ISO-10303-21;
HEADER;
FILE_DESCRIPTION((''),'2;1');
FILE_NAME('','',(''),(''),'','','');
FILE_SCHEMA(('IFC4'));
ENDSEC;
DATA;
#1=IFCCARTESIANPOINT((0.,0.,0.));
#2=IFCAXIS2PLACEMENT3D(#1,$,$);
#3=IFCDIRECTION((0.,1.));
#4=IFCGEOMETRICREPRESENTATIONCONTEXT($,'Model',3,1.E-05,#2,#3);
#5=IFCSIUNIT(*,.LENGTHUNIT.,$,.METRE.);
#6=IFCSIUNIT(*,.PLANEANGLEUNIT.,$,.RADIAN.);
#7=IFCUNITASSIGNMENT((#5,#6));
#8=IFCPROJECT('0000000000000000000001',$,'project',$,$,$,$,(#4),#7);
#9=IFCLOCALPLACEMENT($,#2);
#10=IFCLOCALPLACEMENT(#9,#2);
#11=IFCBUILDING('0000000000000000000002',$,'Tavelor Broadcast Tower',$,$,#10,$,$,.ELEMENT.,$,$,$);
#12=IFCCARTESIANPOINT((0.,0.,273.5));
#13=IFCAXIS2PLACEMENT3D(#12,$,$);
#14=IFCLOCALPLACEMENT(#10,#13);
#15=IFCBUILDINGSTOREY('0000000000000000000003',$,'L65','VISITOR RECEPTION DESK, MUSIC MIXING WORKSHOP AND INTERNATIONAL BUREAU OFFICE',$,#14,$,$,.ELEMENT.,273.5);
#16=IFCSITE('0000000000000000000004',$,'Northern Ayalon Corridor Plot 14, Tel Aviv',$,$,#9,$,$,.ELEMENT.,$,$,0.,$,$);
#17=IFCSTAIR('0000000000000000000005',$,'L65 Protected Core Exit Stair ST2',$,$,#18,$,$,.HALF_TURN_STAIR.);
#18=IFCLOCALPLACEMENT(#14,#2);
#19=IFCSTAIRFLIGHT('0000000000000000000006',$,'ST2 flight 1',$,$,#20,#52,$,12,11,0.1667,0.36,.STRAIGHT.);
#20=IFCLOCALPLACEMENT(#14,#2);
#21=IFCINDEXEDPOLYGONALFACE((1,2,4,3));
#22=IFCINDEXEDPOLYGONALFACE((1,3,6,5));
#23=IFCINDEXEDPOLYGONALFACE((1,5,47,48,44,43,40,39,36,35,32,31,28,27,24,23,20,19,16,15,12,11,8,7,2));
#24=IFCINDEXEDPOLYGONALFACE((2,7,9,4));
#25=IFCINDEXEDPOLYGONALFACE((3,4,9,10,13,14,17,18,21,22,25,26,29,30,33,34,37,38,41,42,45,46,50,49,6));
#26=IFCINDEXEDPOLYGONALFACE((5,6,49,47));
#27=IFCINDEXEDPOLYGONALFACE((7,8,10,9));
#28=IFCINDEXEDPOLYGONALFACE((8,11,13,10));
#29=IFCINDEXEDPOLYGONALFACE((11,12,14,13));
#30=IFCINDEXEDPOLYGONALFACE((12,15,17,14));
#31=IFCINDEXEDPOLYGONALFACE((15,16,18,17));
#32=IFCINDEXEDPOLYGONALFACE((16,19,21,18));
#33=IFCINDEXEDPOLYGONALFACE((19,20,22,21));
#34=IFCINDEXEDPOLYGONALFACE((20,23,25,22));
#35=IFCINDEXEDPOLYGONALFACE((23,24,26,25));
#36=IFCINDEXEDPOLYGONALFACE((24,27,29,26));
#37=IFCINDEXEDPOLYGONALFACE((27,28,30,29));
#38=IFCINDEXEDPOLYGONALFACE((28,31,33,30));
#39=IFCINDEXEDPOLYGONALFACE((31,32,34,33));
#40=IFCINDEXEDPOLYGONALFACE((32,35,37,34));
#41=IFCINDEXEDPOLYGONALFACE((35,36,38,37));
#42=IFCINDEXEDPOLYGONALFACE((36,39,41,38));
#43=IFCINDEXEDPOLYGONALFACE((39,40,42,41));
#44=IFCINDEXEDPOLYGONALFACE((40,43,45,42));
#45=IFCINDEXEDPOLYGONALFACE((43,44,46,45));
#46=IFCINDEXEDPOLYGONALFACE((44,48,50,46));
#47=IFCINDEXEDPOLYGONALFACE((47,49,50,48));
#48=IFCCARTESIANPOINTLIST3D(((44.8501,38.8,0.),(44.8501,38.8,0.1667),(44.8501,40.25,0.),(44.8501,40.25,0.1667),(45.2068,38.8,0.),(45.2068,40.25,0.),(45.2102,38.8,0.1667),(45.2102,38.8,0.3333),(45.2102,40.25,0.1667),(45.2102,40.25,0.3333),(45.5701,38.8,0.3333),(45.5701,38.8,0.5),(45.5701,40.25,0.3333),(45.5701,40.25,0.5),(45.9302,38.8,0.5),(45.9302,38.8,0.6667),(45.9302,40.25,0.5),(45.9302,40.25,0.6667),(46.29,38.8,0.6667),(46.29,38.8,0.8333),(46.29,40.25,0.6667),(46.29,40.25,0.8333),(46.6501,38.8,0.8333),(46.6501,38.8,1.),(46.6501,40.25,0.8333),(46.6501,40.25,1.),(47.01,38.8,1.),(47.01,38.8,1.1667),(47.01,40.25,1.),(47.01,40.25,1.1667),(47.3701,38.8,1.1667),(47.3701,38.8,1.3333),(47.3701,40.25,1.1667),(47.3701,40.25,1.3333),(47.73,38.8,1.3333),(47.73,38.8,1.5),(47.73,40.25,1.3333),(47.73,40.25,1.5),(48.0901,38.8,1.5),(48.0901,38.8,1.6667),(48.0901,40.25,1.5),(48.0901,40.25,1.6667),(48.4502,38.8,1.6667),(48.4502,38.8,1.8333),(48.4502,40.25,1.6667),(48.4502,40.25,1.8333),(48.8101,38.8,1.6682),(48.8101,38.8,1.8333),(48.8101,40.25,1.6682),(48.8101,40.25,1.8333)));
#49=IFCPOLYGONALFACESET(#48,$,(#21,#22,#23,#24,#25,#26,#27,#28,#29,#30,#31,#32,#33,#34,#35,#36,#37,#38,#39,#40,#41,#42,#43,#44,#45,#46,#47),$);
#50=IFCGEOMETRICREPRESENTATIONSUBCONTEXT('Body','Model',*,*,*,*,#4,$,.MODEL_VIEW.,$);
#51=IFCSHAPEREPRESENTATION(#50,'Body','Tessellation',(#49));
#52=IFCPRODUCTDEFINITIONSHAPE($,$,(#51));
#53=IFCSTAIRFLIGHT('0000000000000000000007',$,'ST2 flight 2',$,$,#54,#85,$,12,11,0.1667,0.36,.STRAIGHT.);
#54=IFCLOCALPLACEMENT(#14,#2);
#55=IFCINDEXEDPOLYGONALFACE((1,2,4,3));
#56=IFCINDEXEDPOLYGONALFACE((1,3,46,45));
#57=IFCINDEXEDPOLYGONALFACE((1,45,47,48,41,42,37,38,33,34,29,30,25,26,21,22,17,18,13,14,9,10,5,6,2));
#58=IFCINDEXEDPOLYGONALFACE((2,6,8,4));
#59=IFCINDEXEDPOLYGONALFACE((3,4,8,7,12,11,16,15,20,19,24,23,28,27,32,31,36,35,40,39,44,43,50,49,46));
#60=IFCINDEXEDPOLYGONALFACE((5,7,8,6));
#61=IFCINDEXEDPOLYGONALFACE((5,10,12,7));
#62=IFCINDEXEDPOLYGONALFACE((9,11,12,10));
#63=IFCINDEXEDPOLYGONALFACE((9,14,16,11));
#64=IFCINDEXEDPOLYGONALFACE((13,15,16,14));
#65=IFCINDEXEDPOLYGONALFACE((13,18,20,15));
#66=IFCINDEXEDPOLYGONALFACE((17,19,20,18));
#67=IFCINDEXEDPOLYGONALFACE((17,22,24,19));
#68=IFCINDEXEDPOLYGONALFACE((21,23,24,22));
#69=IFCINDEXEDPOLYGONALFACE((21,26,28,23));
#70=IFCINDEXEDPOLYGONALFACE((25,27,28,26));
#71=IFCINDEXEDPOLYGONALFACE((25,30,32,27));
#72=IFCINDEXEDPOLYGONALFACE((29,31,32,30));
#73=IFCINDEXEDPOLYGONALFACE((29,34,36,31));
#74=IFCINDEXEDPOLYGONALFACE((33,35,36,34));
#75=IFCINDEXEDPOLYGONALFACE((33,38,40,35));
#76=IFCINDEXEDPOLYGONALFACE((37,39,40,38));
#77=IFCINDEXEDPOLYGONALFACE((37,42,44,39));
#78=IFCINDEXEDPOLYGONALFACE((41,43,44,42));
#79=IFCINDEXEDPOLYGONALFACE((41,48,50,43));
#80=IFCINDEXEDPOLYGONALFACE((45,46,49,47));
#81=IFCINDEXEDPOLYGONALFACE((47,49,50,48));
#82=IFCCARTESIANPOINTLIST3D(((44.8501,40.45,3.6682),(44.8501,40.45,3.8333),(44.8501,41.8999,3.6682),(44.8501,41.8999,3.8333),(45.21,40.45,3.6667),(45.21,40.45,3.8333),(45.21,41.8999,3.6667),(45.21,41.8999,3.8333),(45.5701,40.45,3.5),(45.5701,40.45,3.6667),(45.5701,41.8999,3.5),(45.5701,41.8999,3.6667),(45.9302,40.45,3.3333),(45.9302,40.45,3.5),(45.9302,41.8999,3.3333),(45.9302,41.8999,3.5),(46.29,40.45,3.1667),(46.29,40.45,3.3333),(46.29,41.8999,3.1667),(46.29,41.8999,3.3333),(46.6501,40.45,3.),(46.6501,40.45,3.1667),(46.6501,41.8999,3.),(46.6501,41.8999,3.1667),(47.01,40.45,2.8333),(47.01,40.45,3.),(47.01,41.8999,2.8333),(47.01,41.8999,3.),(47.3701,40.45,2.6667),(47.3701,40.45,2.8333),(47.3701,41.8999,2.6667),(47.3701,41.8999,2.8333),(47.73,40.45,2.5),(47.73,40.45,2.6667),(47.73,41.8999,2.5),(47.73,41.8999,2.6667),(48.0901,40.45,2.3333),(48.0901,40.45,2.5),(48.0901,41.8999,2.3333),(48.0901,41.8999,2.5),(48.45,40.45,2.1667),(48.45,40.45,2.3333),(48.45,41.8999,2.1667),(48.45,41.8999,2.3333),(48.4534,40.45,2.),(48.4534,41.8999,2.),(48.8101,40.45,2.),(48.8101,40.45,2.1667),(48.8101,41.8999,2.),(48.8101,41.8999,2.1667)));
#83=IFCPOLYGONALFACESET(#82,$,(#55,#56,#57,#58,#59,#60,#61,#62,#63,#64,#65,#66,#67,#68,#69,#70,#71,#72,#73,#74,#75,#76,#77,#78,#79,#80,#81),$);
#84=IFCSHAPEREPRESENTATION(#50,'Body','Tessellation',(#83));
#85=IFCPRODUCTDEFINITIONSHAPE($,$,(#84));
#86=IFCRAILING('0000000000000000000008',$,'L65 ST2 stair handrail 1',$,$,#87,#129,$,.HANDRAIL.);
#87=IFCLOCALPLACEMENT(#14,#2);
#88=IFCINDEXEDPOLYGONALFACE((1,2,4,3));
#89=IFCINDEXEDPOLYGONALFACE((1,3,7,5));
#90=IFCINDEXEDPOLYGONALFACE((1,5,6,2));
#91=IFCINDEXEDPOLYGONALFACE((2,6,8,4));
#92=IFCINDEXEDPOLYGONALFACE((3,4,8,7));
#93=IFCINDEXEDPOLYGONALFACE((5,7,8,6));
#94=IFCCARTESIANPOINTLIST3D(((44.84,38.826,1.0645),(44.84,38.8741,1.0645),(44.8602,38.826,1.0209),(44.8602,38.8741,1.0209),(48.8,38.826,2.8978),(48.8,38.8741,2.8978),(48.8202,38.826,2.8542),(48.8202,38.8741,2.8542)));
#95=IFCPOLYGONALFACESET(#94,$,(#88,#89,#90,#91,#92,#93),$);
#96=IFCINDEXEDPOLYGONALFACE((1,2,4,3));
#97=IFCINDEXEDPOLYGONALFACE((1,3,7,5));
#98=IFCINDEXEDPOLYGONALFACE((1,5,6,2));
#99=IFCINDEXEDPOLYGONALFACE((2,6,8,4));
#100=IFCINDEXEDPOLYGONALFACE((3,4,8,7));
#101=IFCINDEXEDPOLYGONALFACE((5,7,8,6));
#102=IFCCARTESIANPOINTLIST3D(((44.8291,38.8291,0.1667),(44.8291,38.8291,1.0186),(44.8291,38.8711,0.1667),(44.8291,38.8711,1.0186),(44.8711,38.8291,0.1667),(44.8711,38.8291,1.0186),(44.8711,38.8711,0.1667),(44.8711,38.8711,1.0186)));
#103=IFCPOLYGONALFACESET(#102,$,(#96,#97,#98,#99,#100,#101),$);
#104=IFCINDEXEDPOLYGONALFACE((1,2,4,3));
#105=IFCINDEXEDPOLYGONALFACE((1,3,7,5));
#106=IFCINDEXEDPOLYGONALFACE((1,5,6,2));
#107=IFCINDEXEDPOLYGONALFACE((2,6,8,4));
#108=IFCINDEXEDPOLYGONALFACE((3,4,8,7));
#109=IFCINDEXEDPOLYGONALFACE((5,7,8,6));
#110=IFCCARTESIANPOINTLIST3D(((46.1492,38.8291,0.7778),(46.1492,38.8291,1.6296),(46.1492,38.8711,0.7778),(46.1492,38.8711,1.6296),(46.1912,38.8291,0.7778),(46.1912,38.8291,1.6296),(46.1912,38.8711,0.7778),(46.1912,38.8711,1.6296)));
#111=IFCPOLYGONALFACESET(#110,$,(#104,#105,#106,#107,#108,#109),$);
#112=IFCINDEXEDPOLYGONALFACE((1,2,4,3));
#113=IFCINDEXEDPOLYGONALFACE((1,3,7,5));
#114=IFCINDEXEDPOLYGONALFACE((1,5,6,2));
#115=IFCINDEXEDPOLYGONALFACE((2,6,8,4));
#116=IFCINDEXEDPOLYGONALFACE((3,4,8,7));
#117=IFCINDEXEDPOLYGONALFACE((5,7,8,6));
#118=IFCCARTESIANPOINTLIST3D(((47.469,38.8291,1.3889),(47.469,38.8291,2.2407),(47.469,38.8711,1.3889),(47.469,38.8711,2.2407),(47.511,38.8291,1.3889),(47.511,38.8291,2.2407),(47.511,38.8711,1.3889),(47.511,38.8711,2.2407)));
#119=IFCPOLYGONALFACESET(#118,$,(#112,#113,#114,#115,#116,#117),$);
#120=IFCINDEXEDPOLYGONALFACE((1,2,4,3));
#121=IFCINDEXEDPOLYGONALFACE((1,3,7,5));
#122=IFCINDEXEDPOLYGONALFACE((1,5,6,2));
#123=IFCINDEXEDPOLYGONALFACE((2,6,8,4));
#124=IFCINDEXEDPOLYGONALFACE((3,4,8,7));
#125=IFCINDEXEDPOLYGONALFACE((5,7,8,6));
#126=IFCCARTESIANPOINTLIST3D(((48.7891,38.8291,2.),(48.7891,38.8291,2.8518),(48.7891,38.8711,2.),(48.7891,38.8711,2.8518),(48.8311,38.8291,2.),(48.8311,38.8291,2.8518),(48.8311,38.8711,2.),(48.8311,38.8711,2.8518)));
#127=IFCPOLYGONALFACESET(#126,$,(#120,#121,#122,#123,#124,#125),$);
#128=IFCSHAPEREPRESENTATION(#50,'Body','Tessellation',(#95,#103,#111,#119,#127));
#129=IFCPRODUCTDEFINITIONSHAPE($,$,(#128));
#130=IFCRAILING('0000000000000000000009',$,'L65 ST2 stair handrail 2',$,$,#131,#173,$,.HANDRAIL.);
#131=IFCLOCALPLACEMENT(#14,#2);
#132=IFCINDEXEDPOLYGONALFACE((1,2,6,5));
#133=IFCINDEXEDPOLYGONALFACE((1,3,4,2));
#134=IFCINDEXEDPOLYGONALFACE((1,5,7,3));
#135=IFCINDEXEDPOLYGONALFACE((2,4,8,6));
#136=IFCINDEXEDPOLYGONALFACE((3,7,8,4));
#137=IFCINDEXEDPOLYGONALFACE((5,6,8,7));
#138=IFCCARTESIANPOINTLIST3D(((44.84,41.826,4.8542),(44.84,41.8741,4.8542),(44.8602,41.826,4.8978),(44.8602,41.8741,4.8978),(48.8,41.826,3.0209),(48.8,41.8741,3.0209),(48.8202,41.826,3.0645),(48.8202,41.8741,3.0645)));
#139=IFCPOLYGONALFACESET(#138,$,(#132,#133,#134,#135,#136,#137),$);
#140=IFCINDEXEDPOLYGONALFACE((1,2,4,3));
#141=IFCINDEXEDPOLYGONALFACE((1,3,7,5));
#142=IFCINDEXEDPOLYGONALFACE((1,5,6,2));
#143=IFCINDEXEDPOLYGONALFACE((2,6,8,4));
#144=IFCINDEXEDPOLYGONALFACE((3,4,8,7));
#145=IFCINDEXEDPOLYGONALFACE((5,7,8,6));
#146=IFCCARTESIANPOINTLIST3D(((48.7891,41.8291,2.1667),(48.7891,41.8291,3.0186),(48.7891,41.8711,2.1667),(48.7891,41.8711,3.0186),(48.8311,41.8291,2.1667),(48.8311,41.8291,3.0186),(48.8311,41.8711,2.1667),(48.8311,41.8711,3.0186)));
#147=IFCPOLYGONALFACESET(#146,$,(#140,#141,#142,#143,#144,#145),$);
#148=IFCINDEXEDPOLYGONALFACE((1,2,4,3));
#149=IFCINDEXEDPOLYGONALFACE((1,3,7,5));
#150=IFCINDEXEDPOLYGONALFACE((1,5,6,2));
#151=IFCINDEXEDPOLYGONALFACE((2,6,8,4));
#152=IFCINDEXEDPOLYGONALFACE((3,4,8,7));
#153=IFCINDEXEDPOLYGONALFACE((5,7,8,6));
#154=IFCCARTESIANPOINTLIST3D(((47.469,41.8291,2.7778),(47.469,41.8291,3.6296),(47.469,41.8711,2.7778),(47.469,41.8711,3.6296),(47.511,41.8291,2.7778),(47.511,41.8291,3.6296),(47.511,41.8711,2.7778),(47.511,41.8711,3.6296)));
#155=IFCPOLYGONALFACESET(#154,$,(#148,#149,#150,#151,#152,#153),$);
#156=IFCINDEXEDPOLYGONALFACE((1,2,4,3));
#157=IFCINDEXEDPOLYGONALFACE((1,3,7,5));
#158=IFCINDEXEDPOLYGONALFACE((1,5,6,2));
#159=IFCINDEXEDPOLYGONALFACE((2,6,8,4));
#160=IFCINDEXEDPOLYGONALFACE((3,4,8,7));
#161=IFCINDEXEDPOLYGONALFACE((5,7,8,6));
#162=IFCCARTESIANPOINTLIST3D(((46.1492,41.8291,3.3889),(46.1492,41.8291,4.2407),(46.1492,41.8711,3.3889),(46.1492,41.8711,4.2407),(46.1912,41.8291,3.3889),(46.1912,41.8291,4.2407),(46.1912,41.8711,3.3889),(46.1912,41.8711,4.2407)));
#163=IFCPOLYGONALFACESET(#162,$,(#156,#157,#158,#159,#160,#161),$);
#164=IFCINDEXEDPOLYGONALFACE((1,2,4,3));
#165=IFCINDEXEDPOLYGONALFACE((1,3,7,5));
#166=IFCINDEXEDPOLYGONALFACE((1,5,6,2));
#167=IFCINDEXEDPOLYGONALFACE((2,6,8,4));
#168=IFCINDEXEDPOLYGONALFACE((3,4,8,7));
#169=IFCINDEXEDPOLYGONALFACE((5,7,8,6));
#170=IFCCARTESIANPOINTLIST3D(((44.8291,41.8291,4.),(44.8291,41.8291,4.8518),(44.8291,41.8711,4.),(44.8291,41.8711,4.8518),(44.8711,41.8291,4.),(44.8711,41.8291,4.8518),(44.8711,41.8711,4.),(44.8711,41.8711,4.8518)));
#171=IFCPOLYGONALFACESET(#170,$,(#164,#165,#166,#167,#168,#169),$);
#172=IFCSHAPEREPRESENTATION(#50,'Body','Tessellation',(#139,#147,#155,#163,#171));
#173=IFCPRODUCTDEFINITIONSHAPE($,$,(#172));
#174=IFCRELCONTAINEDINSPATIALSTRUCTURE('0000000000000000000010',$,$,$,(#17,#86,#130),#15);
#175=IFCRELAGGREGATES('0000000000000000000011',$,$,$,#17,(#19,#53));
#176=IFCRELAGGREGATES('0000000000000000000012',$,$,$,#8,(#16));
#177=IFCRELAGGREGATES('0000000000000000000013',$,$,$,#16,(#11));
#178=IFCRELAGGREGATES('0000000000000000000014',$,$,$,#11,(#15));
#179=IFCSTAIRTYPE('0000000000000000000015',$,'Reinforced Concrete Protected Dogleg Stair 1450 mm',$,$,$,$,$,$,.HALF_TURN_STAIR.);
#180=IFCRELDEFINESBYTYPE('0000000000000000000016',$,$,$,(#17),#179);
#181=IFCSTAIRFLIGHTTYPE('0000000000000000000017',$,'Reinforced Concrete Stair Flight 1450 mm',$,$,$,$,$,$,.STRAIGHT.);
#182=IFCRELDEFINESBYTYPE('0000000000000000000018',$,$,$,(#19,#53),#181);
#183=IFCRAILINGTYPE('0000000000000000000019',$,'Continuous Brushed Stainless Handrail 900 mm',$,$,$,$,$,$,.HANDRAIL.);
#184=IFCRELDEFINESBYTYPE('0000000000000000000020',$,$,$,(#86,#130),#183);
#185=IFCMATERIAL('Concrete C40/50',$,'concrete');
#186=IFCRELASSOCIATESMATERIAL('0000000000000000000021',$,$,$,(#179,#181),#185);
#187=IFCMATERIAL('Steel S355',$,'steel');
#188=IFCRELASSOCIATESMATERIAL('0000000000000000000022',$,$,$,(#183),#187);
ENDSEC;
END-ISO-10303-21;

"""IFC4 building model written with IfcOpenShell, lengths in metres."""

from ifc_helpers import new_model, si_unit, direction, frame, origin, origin_2d, place, context, subcontext, project, spatial, polyline, rectangle, outline, extrude, material, type_object, element, aggregate, save


model = new_model("IFC4")

# Units and contexts
model_context = context("Model", 3, precision=1e-05, world=origin(), true_north=direction((0.0, 1.0)))
body_context = subcontext(model_context, "Body", "Model", "MODEL_VIEW")
ifc_project = project(units=[si_unit("LENGTHUNIT", "METRE"), si_unit("PLANEANGLEUNIT", "RADIAN")], contexts=[model_context])

# Site, building, storey
site_placement = place(None, origin())
site = spatial("IfcSite", under=ifc_project, at=site_placement, Name="Northern Ayalon Corridor Plot 14, Tel Aviv", CompositionType="ELEMENT", RefElevation=0.0)
building_placement = place(site_placement, origin())
building = spatial("IfcBuilding", under=site, at=building_placement, Name="Tavelor Broadcast Tower", CompositionType="ELEMENT")
storey_placement = place(building_placement, frame((0.0, 0.0, 273.5)))
storey = spatial("IfcBuildingStorey", under=building, at=storey_placement, Name="L65", Description="VISITOR RECEPTION DESK, MUSIC MIXING WORKSHOP AND INTERNATIONAL BUREAU OFFICE", CompositionType="ELEMENT", Elevation=273.5)

# Shared definitions
ifc_material_1 = material(Name="Concrete C40/50", Category="concrete")
ifc_material_2 = material(Name="Steel S355", Category="steel")

# Stair, stair flights
stair_type = type_object("IfcStairType", Name="Reinforced Concrete Protected Dogleg Stair 1450 mm", PredefinedType="HALF_TURN_STAIR", material=ifc_material_1)
stair_placement = place(storey_placement, origin())
stair = element("IfcStair", 1, at=stair_placement, inside=storey, type_object=stair_type, Name="L65 Protected Core Exit Stair ST2", PredefinedType="HALF_TURN_STAIR")
stair_flight_type = type_object("IfcStairFlightType", Name="Reinforced Concrete Stair Flight 1450 mm", PredefinedType="STRAIGHT", material=ifc_material_1)
stair_flight_1_placement = place(storey_placement, frame((44.8501, 39.5249, 0.0), z_axis=(0.0, 0.0, 1.0), x_axis=(1.0, 0.0, 0.0)))
stair_flight_1 = element("IfcStairFlight", 2, at=stair_flight_1_placement, type_object=stair_flight_type, Name="ST2 flight 1", NumberOfRisers=12, NumberOfTreads=11, PredefinedType="STRAIGHT", RiserHeight=0.1667, TreadLength=0.36, context=body_context, shape_type="SweptSolid", body=[
    extrude(outline(polyline([(0.0, 0.0), (0.0, 0.1667), (0.3601, 0.1667), (0.3601, 0.3333), (0.72, 0.3333), (0.72, 0.5), (1.0801, 0.5), (1.0801, 0.6667), (1.4399, 0.6667), (1.4399, 0.8333), (1.8, 0.8333), (1.8, 1.0), (2.1599, 1.0), (2.1599, 1.1667), (2.52, 1.1667), (2.52, 1.3333), (2.8799, 1.3333), (2.8799, 1.5), (3.24, 1.5), (3.24, 1.6667), (3.6001, 1.6667), (3.6001, 1.8333), (3.96, 1.8333), (3.96, 2.0), (3.96, 1.6682), (0.3567, 0.0), (0.0, 0.0)])), frame((0.0, 0.7251, 0.0), z_axis=(0.0, -1.0, 0.0), x_axis=(1.0, 0.0, 0.0)), (0.0, 0.0, 1.0), 1.45),
])
stair_flight_2_placement = place(storey_placement, frame((48.8101, 41.175, 2.0), z_axis=(0.0, 0.0, 1.0), x_axis=(-1.0, 0.0, 0.0)))
stair_flight_2 = element("IfcStairFlight", 3, at=stair_flight_2_placement, type_object=stair_flight_type, Name="ST2 flight 2", NumberOfRisers=12, NumberOfTreads=11, PredefinedType="STRAIGHT", RiserHeight=0.1667, TreadLength=0.36, context=body_context, shape_type="SweptSolid", body=[
    extrude(outline(polyline([(0.0, 0.0), (0.0, 0.1667), (0.3601, 0.1667), (0.3601, 0.3333), (0.72, 0.3333), (0.72, 0.5), (1.0801, 0.5), (1.0801, 0.6667), (1.4399, 0.6667), (1.4399, 0.8333), (1.8, 0.8333), (1.8, 1.0), (2.1599, 1.0), (2.1599, 1.1667), (2.52, 1.1667), (2.52, 1.3333), (2.8799, 1.3333), (2.8799, 1.5), (3.24, 1.5), (3.24, 1.6667), (3.6001, 1.6667), (3.6001, 1.8333), (3.96, 1.8333), (3.96, 2.0), (3.96, 1.6682), (0.3567, 0.0), (0.0, 0.0)])), frame((0.0, 0.7251, 0.0), z_axis=(0.0, -1.0, 0.0), x_axis=(1.0, 0.0, 0.0)), (0.0, 0.0, 1.0), 1.45),
])
aggregate(stair, [stair_flight_1, stair_flight_2])

# Railings
railing_type_1 = type_object("IfcRailingType", Name="Continuous Brushed Stainless Handrail 900 mm", PredefinedType="HANDRAIL", material=ifc_material_2)
railing_1_placement = place(storey_placement, frame((44.8501, 38.8501, 0.1667)))
element("IfcRailing", 4, at=railing_1_placement, inside=storey, type_object=railing_type_1, Name="L65 ST2 stair handrail 1", PredefinedType="HANDRAIL", context=body_context, shape_type="SweptSolid", body=[
    extrude(rectangle(XDim=0.0481, YDim=0.0481, at=origin_2d()), frame((0.0, 0.0, 0.876), z_axis=(0.907472, 0.0, 0.420112), x_axis=(0.0, 1.0, 0.0)), (0.0, 0.0, 1.0), 4.3638),
    extrude(rectangle(XDim=0.042, YDim=0.042, at=origin_2d()), origin(), (0.0, 0.0, 1.0), 0.8518),
    extrude(rectangle(XDim=0.042, YDim=0.042, at=origin_2d()), frame((1.3201, 0.0, 0.6111)), (0.0, 0.0, 1.0), 0.8518),
    extrude(rectangle(XDim=0.042, YDim=0.042, at=origin_2d()), frame((2.6399, 0.0, 1.2222)), (0.0, 0.0, 1.0), 0.8518),
    extrude(rectangle(XDim=0.042, YDim=0.042, at=origin_2d()), frame((3.96, 0.0, 1.8333)), (0.0, 0.0, 1.0), 0.8518),
])
railing_2_placement = place(storey_placement, frame((48.8101, 41.8501, 2.1667)))
element("IfcRailing", 5, at=railing_2_placement, inside=storey, type_object=railing_type_1, Name="L65 ST2 stair handrail 2", PredefinedType="HANDRAIL", context=body_context, shape_type="SweptSolid", body=[
    extrude(rectangle(XDim=0.0481, YDim=0.0481, at=origin_2d()), frame((0.0, 0.0, 0.876), z_axis=(-0.907472, 0.0, 0.420112), x_axis=(0.0, -1.0, 0.0)), (0.0, 0.0, 1.0), 4.3638),
    extrude(rectangle(XDim=0.042, YDim=0.042, at=origin_2d()), origin(), (0.0, 0.0, 1.0), 0.8518),
    extrude(rectangle(XDim=0.042, YDim=0.042, at=origin_2d()), frame((-1.3201, 0.0, 0.6111)), (0.0, 0.0, 1.0), 0.8518),
    extrude(rectangle(XDim=0.042, YDim=0.042, at=origin_2d()), frame((-2.6399, 0.0, 1.2222)), (0.0, 0.0, 1.0), 0.8518),
    extrude(rectangle(XDim=0.042, YDim=0.042, at=origin_2d()), frame((-3.96, 0.0, 1.8333)), (0.0, 0.0, 1.0), 0.8518),
])

save(model, "model.ifc")
